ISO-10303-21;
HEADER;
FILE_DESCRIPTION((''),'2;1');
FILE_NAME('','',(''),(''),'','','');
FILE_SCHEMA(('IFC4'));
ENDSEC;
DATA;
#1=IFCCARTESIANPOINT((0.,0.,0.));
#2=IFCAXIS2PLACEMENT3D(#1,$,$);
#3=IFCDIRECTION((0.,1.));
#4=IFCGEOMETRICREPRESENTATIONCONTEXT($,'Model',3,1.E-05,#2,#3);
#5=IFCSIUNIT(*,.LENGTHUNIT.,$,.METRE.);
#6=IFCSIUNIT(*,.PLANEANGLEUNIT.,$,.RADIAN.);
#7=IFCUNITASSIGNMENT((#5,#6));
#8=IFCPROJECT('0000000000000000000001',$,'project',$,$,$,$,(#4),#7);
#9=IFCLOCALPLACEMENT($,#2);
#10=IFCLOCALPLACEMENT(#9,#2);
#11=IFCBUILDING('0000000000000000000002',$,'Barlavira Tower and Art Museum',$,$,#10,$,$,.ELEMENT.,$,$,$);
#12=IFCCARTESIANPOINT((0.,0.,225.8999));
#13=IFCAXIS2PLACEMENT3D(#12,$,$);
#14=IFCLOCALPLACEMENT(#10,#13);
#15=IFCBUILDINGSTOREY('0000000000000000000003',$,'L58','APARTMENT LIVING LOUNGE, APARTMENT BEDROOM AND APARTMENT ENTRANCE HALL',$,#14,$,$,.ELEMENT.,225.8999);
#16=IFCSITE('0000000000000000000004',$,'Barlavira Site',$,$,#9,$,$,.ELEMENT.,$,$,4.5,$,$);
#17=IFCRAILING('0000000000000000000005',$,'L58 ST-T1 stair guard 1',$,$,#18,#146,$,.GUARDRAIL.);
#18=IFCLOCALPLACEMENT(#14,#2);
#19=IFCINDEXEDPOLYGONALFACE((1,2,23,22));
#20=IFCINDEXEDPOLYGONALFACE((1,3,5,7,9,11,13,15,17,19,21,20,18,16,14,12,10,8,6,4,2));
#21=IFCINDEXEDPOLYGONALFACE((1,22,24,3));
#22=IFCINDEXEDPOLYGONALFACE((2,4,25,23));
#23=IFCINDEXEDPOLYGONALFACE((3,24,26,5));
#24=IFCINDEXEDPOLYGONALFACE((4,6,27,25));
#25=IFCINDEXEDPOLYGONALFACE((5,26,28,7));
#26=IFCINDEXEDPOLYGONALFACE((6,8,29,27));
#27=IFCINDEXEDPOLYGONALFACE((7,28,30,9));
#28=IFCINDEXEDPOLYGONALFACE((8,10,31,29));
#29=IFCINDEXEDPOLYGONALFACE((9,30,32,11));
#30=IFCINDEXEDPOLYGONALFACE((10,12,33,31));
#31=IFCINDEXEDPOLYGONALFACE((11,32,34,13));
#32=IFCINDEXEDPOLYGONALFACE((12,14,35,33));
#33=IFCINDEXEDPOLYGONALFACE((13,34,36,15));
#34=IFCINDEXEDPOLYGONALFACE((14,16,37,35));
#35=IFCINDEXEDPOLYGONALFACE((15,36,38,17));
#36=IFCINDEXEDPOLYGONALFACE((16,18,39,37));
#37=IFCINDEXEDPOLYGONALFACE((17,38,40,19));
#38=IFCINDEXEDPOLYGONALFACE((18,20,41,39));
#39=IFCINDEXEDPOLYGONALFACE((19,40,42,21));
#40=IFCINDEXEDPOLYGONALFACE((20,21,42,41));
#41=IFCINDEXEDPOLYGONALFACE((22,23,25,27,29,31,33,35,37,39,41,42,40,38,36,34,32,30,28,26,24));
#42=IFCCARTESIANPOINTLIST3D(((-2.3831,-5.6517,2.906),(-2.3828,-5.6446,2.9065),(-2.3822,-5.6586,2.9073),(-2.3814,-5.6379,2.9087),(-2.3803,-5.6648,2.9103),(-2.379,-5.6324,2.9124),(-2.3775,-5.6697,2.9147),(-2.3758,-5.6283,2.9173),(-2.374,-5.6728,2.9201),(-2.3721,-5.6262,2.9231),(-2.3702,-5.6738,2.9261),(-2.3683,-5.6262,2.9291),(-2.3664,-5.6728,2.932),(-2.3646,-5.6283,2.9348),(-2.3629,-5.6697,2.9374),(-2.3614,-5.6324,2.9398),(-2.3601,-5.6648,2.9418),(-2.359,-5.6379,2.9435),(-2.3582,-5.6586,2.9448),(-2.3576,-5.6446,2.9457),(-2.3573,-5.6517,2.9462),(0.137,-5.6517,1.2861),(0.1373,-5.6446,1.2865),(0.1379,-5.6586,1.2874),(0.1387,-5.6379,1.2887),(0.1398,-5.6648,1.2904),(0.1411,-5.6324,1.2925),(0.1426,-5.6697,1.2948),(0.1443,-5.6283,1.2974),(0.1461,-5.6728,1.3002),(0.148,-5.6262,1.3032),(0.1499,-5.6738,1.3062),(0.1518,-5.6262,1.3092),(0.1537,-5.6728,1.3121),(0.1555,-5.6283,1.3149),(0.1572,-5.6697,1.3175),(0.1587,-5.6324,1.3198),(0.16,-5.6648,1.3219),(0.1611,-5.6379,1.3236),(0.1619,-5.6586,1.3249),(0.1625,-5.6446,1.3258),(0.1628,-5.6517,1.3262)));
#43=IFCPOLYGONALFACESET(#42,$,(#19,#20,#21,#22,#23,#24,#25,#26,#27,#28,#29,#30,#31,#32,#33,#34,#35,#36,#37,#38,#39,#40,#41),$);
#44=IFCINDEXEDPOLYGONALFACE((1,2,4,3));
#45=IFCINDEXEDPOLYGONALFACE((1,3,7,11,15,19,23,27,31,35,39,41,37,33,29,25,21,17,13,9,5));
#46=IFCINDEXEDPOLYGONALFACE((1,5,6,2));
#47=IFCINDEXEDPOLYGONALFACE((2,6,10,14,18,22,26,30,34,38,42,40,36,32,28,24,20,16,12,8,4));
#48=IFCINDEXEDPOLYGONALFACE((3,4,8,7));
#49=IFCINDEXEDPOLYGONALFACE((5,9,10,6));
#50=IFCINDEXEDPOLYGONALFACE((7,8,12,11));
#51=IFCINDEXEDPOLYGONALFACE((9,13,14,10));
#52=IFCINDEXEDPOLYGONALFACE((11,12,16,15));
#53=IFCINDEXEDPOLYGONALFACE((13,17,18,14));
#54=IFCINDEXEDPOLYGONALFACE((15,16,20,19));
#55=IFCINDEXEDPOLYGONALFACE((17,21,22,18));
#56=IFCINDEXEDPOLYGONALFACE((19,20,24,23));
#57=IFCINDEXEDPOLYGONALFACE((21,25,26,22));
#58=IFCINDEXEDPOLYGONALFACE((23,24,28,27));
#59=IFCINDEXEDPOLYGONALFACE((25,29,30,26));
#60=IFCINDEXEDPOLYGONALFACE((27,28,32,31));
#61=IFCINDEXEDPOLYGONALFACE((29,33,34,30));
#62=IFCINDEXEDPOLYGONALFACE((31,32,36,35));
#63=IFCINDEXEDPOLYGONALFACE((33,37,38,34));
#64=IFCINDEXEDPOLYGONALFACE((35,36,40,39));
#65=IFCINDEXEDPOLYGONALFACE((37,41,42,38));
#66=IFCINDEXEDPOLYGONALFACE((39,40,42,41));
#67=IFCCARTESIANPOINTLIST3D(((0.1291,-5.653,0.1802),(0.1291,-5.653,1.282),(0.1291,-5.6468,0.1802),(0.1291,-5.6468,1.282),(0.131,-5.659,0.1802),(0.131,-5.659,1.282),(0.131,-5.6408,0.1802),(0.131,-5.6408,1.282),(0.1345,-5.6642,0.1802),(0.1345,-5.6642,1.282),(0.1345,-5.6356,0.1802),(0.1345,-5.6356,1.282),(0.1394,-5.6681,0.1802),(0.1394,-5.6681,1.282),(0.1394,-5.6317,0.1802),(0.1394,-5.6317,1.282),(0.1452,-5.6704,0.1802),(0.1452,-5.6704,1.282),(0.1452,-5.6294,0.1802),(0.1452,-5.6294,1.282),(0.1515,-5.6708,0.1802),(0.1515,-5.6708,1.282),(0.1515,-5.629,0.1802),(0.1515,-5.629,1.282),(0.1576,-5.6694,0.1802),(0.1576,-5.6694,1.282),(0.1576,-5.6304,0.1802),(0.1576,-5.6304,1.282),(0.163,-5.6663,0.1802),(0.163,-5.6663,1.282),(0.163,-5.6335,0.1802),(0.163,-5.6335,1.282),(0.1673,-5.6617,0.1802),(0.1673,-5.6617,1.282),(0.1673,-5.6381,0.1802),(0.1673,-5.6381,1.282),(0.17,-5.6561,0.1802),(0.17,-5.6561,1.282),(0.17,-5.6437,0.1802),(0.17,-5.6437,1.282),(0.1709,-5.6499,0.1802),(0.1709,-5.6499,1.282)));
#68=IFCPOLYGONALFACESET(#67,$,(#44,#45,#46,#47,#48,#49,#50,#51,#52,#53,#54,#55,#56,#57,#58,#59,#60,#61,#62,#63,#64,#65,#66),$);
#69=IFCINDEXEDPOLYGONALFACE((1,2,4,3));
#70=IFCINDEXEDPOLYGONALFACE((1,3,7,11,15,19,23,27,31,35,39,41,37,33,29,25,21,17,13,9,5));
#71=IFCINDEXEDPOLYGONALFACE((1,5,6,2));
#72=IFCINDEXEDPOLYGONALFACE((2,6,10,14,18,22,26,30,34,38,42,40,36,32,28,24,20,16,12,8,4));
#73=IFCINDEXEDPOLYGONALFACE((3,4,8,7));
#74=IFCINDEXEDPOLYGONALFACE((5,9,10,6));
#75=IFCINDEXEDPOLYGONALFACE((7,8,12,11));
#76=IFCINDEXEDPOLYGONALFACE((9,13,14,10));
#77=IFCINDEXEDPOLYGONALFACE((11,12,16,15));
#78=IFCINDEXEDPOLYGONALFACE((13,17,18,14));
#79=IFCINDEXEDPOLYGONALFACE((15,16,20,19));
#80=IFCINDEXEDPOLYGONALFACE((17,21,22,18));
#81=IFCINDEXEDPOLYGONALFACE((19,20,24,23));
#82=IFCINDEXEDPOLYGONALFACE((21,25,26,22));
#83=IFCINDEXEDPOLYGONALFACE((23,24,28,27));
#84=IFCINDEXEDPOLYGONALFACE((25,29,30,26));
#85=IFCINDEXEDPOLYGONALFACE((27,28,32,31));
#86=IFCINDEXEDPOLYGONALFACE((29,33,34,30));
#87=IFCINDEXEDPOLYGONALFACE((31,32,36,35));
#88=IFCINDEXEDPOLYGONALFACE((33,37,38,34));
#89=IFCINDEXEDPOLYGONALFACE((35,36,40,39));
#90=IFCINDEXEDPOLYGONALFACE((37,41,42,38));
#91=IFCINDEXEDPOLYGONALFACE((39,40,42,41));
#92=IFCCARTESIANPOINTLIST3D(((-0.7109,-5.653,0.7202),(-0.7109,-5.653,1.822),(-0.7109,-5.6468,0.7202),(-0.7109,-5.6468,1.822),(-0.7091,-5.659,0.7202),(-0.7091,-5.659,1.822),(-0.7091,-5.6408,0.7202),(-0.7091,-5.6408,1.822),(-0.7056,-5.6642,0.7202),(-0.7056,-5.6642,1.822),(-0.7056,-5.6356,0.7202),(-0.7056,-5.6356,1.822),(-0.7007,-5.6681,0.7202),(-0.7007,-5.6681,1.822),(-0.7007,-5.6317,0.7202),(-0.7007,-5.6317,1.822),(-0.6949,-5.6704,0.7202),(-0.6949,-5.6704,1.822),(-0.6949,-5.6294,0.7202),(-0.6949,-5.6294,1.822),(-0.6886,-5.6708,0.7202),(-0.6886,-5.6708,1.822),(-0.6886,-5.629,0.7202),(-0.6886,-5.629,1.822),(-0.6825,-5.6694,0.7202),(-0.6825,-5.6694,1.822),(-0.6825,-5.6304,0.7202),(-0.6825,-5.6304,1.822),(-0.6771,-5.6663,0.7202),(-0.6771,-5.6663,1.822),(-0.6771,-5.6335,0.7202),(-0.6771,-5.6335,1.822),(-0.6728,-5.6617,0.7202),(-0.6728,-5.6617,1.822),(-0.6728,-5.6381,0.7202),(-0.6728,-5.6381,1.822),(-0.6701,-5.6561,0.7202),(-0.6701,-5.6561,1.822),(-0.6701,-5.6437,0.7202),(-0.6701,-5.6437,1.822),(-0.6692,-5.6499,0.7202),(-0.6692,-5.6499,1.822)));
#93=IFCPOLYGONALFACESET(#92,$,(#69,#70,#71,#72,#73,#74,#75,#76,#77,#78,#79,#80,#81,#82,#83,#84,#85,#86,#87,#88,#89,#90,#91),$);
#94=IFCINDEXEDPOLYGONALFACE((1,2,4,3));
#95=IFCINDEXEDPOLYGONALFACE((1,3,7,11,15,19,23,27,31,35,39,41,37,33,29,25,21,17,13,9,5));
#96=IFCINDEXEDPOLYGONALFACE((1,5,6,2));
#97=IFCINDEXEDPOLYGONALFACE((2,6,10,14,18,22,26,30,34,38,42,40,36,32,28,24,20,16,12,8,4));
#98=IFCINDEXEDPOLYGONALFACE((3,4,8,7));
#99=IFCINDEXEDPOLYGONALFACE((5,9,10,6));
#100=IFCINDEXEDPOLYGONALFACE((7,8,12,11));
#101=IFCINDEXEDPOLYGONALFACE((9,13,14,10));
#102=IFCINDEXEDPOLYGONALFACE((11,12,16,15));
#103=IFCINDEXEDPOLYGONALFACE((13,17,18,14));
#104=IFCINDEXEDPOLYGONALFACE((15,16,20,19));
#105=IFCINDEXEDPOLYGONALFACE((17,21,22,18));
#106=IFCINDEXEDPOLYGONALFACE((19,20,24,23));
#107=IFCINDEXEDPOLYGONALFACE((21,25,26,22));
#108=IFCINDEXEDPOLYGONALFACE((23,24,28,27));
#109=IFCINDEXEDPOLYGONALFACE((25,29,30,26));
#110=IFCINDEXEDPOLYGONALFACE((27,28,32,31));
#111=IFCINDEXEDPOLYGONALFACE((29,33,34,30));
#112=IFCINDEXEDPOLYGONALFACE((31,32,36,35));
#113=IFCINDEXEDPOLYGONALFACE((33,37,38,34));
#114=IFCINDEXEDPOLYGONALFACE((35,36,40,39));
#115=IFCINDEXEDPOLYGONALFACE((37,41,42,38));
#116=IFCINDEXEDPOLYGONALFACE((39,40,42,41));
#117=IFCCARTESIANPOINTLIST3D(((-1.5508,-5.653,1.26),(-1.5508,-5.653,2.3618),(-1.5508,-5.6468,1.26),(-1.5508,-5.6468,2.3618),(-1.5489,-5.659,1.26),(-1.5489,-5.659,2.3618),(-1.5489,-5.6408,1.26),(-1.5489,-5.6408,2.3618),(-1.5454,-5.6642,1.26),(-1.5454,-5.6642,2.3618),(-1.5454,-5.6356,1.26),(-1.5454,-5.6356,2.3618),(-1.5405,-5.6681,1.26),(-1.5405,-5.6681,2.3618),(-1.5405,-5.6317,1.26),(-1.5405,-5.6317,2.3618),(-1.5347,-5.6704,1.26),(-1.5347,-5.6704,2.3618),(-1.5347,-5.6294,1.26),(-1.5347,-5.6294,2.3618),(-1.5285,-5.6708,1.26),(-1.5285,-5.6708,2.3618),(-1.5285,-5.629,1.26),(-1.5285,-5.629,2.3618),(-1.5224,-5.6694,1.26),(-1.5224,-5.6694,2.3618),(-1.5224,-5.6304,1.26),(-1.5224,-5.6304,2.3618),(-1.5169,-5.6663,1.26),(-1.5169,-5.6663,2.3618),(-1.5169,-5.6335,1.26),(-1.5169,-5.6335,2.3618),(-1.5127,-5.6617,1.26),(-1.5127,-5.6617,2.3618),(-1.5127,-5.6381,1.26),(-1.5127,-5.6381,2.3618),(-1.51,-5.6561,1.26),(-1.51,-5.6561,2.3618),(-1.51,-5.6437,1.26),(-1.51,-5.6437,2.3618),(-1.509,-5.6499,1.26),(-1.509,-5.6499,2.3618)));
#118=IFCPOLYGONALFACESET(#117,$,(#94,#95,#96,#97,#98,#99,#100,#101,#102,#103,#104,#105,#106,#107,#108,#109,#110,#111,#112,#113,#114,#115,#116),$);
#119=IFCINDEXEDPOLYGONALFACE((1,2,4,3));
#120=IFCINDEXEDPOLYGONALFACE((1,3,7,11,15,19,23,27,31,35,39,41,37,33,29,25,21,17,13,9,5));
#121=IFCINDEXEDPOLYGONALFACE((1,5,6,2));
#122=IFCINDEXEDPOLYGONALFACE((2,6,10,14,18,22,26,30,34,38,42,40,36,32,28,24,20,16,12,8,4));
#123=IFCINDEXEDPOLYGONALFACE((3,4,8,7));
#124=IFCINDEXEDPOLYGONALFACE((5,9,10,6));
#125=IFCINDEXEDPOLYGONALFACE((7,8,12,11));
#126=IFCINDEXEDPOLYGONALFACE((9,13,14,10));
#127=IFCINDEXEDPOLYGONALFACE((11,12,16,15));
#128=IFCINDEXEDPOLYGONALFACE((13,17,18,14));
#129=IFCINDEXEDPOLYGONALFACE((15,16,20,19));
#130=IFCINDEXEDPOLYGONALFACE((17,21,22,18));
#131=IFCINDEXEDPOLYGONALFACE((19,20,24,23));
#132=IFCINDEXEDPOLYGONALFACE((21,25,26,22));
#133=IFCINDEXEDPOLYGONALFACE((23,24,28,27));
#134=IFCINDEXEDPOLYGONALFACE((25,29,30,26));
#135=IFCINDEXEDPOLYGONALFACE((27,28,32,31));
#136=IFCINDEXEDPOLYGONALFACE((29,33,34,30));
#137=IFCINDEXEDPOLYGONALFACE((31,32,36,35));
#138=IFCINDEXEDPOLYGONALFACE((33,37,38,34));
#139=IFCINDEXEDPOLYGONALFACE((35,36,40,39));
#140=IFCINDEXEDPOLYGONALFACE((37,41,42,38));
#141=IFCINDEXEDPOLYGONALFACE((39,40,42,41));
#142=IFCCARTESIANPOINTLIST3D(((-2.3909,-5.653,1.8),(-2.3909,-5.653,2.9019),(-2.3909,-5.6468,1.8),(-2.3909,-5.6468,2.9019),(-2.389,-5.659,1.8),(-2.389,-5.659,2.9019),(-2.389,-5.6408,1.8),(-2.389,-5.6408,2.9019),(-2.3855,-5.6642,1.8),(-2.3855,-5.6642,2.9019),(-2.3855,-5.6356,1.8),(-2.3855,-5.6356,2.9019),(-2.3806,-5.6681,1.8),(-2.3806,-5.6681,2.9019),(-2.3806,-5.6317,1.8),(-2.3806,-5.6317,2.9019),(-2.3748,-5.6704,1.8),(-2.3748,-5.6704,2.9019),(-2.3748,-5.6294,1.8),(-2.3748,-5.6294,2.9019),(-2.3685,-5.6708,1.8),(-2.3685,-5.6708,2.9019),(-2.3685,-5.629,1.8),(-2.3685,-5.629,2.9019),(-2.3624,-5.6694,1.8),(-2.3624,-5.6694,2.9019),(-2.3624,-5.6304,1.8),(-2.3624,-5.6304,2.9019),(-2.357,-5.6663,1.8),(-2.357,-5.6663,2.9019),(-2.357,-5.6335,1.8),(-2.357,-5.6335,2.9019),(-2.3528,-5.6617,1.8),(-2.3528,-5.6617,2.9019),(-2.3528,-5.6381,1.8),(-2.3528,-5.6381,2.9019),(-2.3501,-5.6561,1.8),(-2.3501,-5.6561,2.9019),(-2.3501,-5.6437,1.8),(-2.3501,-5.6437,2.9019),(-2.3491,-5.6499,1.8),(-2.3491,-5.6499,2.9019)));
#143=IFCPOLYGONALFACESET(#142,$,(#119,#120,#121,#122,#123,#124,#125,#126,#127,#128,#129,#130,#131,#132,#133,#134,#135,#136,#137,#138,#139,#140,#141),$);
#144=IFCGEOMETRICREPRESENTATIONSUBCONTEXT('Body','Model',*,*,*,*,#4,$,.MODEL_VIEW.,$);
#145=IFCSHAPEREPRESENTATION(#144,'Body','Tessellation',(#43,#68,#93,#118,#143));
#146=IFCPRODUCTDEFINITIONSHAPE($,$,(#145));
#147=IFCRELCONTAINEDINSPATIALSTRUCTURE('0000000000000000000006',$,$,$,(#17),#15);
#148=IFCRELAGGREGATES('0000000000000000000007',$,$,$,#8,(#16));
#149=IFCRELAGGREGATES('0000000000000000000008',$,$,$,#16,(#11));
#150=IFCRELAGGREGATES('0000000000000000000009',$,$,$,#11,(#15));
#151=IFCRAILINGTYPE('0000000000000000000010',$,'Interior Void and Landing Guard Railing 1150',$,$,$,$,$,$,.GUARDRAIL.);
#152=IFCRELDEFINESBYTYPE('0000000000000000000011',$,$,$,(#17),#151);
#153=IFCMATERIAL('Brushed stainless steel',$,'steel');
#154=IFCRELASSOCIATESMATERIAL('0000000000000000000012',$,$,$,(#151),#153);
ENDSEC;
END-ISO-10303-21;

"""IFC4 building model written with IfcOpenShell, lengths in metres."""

from ifc_helpers import new_model, si_unit, direction, frame, origin, origin_2d, place, context, subcontext, project, spatial, circle, extrude, material, type_object, element, save


model = new_model("IFC4")

# Units and contexts
model_context = context("Model", 3, precision=1e-05, world=origin(), true_north=direction((0.0, 1.0)))
body_context = subcontext(model_context, "Body", "Model", "MODEL_VIEW")
ifc_project = project(units=[si_unit("LENGTHUNIT", "METRE"), si_unit("PLANEANGLEUNIT", "RADIAN")], contexts=[model_context])

# Site, building, storey
site_placement = place(None, origin())
site = spatial("IfcSite", under=ifc_project, at=site_placement, Name="Barlavira Site", CompositionType="ELEMENT", RefElevation=4.5)
building_placement = place(site_placement, origin())
building = spatial("IfcBuilding", under=site, at=building_placement, Name="Barlavira Tower and Art Museum", CompositionType="ELEMENT")
storey_placement = place(building_placement, frame((0.0, 0.0, 225.8999)))
storey = spatial("IfcBuildingStorey", under=building, at=storey_placement, Name="L58", Description="APARTMENT LIVING LOUNGE, APARTMENT BEDROOM AND APARTMENT ENTRANCE HALL", CompositionType="ELEMENT", Elevation=225.8999)

# Shared definitions
ifc_material_1 = material(Name="Brushed stainless steel", Category="steel")

# Railing
railing_type_1 = type_object("IfcRailingType", Name="Interior Void and Landing Guard Railing 1150", PredefinedType="GUARDRAIL", material=ifc_material_1)
railing_1_placement = place(storey_placement, frame((0.1499, -5.6499, 0.1802)))
element("IfcRailing", 1, at=railing_1_placement, inside=storey, type_object=railing_type_1, Name="L58 ST-T1 stair guard 1", PredefinedType="GUARDRAIL", context=body_context, shape_type="SweptSolid", body=[
    extrude(circle(Radius=0.0239, at=origin_2d()), frame((0.0, 0.0, 1.126), z_axis=(-0.8412, 0.0, 0.540725), x_axis=(0.0, -1.0, 0.0)), (0.0, 0.0, 1.0), 2.9958),
    extrude(circle(Radius=0.021, at=origin_2d()), origin(), (0.0, 0.0, 1.0), 1.1018),
    extrude(circle(Radius=0.021, at=origin_2d()), frame((-0.8401, 0.0, 0.54)), (0.0, 0.0, 1.0), 1.1018),
    extrude(circle(Radius=0.021, at=origin_2d()), frame((-1.6799, 0.0, 1.0798)), (0.0, 0.0, 1.0), 1.1018),
    extrude(circle(Radius=0.021, at=origin_2d()), frame((-2.52, 0.0, 1.6199)), (0.0, 0.0, 1.0), 1.1018),
])

save(model, "model.ifc")
